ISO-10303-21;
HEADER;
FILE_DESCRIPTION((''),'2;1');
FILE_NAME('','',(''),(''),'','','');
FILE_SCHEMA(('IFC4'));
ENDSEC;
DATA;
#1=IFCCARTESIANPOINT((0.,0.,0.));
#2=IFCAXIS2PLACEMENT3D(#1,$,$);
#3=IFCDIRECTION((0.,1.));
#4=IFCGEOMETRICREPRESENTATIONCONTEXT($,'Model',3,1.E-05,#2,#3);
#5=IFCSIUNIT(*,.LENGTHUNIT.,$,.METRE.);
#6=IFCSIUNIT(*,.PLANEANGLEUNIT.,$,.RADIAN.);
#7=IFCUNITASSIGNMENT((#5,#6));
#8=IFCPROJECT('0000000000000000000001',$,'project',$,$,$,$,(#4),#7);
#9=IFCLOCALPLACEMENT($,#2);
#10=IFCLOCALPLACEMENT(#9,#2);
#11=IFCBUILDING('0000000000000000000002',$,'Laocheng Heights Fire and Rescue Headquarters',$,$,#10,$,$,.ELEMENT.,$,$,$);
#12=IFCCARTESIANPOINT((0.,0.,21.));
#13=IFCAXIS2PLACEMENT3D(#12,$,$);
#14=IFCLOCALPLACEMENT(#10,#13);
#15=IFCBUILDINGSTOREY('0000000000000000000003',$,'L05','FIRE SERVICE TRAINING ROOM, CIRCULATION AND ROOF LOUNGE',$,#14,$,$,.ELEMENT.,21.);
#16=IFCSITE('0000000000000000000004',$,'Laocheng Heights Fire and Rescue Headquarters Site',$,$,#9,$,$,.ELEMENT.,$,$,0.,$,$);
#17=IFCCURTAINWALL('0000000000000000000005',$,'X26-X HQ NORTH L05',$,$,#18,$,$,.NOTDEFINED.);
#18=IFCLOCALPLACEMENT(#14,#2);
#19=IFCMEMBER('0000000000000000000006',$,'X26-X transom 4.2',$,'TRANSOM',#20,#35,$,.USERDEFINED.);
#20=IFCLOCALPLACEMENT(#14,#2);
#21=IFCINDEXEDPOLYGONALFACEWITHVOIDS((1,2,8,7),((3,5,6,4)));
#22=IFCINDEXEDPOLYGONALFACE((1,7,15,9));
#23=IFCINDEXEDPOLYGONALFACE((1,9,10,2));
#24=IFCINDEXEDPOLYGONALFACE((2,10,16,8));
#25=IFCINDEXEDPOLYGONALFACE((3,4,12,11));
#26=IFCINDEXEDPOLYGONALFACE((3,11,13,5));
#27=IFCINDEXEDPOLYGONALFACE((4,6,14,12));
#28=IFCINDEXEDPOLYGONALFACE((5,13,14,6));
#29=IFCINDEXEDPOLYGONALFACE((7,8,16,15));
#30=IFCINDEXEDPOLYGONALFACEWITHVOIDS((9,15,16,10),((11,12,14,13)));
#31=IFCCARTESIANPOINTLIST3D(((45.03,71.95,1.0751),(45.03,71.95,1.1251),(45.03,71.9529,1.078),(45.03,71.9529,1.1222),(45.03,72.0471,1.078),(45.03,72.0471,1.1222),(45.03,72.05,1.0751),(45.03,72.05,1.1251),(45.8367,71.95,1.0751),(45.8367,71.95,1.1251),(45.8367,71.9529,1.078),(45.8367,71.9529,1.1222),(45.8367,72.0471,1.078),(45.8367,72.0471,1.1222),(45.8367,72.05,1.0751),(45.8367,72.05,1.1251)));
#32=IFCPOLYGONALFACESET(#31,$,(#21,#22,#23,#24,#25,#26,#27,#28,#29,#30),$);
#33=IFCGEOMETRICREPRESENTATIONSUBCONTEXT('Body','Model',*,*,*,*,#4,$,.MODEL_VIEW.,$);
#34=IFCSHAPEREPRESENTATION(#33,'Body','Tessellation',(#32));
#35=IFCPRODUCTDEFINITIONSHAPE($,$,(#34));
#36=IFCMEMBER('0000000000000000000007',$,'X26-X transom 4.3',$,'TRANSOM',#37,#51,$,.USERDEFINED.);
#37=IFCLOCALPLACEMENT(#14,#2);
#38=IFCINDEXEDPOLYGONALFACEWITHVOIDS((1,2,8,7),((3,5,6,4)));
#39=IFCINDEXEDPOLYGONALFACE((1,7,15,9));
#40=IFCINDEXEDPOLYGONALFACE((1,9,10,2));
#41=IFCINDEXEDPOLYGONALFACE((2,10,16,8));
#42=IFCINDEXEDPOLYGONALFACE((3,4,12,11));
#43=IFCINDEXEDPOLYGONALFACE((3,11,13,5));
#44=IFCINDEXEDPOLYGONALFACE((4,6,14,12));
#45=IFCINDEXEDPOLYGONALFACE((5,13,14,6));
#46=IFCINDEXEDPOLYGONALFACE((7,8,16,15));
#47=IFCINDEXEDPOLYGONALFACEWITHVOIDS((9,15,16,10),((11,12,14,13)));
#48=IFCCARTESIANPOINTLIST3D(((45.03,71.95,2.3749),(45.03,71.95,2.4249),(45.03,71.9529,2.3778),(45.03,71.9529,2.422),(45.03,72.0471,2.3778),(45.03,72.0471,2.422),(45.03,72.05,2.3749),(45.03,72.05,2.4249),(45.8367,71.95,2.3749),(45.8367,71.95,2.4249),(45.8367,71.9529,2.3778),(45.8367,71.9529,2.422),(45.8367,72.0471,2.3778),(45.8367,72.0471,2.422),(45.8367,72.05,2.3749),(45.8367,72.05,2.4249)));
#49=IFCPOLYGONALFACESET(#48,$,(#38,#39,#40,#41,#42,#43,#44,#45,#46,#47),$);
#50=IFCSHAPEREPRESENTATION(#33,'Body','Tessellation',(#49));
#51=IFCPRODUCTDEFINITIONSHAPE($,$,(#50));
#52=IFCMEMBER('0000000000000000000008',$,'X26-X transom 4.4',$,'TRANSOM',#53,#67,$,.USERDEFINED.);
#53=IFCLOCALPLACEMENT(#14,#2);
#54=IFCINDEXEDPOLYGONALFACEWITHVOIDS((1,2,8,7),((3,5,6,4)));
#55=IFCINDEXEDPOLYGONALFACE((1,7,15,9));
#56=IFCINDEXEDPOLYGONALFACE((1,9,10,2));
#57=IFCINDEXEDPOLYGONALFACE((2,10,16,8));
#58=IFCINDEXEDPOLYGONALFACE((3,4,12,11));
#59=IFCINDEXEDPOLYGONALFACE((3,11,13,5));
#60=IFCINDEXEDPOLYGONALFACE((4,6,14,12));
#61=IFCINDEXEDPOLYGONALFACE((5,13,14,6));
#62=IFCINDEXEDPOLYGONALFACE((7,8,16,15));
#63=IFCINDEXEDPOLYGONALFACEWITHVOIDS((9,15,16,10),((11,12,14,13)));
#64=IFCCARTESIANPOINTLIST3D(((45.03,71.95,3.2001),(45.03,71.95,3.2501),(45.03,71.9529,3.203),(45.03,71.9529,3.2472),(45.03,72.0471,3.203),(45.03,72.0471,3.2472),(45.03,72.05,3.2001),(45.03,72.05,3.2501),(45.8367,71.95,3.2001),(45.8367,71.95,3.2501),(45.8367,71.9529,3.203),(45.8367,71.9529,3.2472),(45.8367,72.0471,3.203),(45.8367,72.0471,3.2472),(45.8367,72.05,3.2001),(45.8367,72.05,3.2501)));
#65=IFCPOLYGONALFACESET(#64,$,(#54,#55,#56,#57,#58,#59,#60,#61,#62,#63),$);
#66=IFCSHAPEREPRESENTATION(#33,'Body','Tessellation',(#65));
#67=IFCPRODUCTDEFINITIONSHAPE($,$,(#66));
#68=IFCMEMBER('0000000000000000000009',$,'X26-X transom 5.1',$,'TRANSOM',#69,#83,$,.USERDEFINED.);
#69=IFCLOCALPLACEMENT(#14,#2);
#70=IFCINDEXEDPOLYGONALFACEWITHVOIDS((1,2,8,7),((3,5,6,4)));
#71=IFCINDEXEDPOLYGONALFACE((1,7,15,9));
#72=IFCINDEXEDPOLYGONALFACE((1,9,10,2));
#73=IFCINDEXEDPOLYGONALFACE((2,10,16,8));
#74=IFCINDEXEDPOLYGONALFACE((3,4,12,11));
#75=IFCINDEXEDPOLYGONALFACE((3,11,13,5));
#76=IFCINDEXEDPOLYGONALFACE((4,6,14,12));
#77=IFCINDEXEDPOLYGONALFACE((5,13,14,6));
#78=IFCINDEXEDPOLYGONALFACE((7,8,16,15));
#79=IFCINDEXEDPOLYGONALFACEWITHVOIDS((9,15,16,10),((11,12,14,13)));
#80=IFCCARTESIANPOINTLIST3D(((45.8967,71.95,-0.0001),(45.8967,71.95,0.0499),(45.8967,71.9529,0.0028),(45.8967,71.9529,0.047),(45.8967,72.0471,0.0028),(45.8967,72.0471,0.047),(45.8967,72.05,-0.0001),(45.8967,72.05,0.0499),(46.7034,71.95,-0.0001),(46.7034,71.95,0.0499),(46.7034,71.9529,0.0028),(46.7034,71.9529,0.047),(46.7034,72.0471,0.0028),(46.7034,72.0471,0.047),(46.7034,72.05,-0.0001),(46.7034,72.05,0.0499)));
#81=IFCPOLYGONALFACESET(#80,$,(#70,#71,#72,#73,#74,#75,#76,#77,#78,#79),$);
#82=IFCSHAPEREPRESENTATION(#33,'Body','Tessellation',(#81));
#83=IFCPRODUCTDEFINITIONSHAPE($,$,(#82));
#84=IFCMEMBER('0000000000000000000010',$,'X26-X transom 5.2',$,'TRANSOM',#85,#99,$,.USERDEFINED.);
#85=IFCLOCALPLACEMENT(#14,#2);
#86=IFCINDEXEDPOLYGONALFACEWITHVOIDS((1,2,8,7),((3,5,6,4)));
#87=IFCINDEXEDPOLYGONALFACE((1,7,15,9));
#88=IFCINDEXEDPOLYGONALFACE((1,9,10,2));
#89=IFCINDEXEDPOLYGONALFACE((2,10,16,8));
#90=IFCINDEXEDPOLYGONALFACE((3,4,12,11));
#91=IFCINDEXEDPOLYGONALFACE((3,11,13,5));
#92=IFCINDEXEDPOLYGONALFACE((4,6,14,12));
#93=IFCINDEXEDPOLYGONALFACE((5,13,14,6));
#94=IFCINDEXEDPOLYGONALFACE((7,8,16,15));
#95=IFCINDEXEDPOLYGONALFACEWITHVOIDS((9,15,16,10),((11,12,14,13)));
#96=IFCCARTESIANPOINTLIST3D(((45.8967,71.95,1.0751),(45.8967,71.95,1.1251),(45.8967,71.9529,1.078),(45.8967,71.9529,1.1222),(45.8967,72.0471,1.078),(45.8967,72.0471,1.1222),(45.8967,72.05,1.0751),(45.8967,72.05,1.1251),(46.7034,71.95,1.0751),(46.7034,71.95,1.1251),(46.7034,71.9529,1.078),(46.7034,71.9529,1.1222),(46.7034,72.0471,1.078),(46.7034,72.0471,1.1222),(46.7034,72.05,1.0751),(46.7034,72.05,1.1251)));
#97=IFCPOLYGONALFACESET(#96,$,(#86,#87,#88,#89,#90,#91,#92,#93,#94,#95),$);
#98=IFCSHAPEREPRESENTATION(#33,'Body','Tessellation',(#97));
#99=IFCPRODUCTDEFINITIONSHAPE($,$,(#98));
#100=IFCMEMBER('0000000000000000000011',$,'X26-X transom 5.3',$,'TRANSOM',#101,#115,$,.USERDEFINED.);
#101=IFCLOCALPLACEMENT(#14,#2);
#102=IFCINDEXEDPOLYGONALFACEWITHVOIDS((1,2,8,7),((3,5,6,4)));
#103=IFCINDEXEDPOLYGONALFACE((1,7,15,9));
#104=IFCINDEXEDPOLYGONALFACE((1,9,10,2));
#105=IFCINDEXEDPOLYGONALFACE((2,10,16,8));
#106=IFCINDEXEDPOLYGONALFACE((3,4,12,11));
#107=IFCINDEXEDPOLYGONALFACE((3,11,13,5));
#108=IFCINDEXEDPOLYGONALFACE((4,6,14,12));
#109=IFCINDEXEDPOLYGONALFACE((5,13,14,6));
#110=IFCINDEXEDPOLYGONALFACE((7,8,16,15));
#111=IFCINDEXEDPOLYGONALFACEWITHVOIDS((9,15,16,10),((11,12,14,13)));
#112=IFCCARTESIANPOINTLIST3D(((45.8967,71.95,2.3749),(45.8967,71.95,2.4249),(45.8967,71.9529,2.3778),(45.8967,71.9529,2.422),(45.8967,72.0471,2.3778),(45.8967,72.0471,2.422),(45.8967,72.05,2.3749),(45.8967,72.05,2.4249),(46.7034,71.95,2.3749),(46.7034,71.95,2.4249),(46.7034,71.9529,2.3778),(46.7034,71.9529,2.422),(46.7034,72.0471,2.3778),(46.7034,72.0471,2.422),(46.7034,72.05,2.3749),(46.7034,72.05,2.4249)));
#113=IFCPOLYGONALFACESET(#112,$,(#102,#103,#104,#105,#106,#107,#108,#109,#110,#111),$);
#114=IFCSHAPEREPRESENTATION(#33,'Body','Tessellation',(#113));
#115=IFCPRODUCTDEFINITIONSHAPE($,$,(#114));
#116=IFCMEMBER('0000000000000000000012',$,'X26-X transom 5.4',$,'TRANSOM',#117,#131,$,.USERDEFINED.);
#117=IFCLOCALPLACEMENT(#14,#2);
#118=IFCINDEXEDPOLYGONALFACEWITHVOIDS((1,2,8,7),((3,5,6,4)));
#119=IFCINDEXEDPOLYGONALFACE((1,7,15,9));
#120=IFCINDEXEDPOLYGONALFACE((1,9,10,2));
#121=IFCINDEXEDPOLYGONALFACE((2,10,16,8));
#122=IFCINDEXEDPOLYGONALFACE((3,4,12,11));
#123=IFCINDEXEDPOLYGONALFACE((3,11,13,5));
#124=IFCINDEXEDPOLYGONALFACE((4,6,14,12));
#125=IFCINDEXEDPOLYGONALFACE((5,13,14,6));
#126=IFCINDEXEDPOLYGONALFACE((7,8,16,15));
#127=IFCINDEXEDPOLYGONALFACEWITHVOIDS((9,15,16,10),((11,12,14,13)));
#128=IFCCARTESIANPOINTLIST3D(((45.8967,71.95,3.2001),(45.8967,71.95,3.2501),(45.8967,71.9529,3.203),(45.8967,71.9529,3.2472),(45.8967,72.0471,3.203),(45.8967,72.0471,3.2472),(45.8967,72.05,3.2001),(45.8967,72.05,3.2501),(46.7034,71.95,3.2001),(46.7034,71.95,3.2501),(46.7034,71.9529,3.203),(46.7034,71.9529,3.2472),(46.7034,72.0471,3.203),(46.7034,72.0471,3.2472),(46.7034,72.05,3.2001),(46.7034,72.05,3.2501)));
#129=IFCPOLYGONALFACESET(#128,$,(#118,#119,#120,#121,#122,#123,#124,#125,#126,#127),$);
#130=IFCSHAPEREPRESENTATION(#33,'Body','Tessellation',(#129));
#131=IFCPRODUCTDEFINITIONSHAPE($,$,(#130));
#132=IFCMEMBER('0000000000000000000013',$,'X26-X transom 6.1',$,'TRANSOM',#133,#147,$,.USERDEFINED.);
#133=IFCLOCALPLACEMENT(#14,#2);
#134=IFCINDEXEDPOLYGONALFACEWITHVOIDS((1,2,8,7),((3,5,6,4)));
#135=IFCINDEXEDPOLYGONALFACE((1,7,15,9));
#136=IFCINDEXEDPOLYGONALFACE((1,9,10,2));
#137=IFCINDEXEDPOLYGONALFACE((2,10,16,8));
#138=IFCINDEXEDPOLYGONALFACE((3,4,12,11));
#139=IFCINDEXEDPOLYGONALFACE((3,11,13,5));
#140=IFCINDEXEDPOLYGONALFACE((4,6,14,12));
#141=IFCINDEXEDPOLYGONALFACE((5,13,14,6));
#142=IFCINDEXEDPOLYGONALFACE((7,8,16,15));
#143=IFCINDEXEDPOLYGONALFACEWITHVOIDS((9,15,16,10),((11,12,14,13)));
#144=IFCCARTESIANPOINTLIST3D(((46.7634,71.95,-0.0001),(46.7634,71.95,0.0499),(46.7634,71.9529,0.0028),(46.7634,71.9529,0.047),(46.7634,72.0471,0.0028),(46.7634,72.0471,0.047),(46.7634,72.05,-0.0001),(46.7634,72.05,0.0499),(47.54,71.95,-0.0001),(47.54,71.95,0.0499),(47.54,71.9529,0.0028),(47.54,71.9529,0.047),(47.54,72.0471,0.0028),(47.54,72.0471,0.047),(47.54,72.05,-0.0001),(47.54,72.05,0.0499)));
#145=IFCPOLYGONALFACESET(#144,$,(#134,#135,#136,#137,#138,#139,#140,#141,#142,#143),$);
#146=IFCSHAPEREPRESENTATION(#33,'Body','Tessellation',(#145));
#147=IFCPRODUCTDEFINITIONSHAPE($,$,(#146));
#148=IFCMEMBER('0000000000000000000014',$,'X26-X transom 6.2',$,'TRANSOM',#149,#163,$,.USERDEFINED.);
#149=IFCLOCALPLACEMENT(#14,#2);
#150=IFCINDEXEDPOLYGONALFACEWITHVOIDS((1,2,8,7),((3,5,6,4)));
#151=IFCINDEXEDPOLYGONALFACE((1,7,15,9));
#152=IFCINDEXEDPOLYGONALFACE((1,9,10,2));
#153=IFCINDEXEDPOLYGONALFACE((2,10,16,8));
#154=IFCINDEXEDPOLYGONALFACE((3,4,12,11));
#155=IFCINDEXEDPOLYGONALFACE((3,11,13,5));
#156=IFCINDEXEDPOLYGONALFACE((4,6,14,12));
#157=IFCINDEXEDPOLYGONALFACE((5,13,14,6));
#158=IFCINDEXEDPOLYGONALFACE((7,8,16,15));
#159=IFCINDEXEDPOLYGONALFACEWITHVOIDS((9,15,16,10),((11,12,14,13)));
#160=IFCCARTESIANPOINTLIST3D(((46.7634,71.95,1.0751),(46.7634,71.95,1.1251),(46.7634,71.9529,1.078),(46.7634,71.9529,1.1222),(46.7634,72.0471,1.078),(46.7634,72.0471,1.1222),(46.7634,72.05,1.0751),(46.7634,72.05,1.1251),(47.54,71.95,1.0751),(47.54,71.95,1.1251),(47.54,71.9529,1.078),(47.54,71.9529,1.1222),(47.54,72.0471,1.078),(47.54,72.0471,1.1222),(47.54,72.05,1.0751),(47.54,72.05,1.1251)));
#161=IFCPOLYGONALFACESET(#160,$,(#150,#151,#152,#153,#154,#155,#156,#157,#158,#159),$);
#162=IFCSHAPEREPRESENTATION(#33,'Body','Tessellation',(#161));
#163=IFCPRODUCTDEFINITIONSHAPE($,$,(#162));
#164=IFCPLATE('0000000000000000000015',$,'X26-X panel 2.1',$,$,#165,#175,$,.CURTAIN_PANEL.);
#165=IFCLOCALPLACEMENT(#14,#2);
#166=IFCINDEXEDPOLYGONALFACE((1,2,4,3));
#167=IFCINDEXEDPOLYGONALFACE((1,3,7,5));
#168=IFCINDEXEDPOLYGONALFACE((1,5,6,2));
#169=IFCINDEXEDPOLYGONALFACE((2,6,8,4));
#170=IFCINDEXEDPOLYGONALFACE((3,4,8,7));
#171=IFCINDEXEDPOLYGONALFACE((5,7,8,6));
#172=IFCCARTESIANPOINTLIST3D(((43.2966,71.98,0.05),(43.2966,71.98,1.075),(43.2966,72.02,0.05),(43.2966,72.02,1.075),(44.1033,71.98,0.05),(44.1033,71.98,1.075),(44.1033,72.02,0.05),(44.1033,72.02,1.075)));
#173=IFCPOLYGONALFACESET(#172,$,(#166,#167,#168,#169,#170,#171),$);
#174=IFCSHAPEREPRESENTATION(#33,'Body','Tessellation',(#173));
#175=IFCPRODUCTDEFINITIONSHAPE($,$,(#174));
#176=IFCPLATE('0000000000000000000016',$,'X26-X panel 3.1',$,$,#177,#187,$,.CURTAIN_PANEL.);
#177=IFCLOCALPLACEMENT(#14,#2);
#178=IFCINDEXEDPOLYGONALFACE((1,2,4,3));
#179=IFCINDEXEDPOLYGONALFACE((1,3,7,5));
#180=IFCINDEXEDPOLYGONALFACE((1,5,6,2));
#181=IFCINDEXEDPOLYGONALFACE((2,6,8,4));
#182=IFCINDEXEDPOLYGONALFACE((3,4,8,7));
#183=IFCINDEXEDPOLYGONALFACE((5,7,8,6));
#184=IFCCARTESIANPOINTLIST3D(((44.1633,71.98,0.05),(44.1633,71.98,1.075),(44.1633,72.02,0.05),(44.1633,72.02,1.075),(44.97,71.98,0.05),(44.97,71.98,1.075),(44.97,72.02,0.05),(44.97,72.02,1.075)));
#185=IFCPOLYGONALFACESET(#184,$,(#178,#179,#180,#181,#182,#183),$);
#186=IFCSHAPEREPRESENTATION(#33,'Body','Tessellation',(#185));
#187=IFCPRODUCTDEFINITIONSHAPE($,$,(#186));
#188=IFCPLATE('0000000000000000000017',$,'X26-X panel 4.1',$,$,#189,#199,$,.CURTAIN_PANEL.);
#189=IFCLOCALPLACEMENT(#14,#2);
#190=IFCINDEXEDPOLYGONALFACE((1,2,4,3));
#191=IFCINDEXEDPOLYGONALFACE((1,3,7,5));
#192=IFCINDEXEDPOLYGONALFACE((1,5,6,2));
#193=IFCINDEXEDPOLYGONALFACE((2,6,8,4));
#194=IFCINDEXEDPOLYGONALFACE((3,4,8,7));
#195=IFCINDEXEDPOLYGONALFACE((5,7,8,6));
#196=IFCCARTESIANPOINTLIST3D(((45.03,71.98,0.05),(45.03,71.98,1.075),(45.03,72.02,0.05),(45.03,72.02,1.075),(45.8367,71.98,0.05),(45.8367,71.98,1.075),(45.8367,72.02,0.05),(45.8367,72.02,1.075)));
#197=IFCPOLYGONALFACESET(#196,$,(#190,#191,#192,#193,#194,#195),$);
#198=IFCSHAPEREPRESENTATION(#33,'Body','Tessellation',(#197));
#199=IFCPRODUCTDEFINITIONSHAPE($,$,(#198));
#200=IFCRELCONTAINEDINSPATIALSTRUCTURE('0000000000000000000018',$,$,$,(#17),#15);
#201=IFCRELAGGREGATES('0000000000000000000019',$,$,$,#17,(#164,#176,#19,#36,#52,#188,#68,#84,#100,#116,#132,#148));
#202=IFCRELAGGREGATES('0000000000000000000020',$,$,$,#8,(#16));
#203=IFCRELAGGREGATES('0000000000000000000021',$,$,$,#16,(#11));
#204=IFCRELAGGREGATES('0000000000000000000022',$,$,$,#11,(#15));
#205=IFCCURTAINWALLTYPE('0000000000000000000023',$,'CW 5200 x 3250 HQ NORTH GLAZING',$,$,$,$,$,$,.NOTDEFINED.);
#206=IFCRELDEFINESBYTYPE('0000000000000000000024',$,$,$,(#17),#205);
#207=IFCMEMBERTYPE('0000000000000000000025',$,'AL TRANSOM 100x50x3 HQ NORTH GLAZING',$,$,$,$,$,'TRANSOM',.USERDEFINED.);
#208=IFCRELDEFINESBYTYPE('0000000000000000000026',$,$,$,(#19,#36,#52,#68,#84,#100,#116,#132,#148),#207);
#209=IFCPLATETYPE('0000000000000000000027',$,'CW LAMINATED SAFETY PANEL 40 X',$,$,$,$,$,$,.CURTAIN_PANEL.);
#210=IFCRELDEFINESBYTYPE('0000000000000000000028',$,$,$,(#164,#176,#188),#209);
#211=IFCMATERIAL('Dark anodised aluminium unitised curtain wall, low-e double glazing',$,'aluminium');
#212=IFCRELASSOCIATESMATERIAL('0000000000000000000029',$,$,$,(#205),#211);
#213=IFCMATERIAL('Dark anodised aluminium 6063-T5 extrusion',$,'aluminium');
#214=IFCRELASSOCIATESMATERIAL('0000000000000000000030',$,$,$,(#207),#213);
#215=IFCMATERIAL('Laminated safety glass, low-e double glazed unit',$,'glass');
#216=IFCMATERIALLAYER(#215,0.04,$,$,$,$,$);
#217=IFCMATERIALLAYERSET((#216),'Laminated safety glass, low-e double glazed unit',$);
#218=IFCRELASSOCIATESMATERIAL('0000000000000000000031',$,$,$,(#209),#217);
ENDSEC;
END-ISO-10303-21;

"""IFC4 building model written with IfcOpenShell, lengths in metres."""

from ifc_helpers import new_model, si_unit, direction, frame, origin, origin_2d, place, context, subcontext, project, spatial, rectangle, hollow_rectangle, extrude, material, layer, layer_set, material_profile, profile_set, type_object, element, aggregate, save


model = new_model("IFC4")

# Units and contexts
model_context = context("Model", 3, precision=1e-05, world=origin(), true_north=direction((0.0, 1.0)))
body_context = subcontext(model_context, "Body", "Model", "MODEL_VIEW")
ifc_project = project(units=[si_unit("LENGTHUNIT", "METRE"), si_unit("PLANEANGLEUNIT", "RADIAN")], contexts=[model_context])

# Site, building, storey
site_placement = place(None, origin())
site = spatial("IfcSite", under=ifc_project, at=site_placement, Name="Laocheng Heights Fire and Rescue Headquarters Site", CompositionType="ELEMENT", RefElevation=0.0)
building_placement = place(site_placement, origin())
building = spatial("IfcBuilding", under=site, at=building_placement, Name="Laocheng Heights Fire and Rescue Headquarters", CompositionType="ELEMENT")
storey_placement = place(building_placement, frame((0.0, 0.0, 21.0)))
storey = spatial("IfcBuildingStorey", under=building, at=storey_placement, Name="L05", Description="FIRE SERVICE TRAINING ROOM, CIRCULATION AND ROOF LOUNGE", CompositionType="ELEMENT", Elevation=21.0)

# Curtain wall, members, plates
ifc_material_1 = material(Name="Dark anodised aluminium unitised curtain wall, low-e double glazing", Category="aluminium")
curtain_wall_type = type_object("IfcCurtainWallType", Name="CW 5200 x 3250 HQ NORTH GLAZING", PredefinedType="NOTDEFINED", material=ifc_material_1)
curtain_wall_placement = place(storey_placement, origin())
curtain_wall = element("IfcCurtainWall", 1, at=curtain_wall_placement, inside=storey, type_object=curtain_wall_type, Name="X26-X HQ NORTH L05", PredefinedType="NOTDEFINED")
ifc_material_2 = material(Name="Dark anodised aluminium 6063-T5 extrusion", Category="aluminium")
ifc_material_profile_1 = material_profile(ifc_material_2, hollow_rectangle(XDim=0.1001, YDim=0.05, WallThickness=0.0029, at=origin_2d()), Name="AL TRANSOM 100x50x3 HQ NORTH GLAZING")
ifc_profile_set_1 = profile_set([ifc_material_profile_1], Name="Dark anodised aluminium 6063-T5 extrusion")
member_type_1 = type_object("IfcMemberType", Name="AL TRANSOM 100x50x3 HQ NORTH GLAZING", ElementType="TRANSOM", PredefinedType="USERDEFINED", material=ifc_profile_set_1)
member_1_placement = place(storey_placement, frame((45.03, 72.0, 1.1001), z_axis=(1.0, 0.0, 0.0), x_axis=(0.0, 1.0, 0.0)))
member_1 = element("IfcMember", 2, at=member_1_placement, type_object=member_type_1, Name="X26-X transom 4.2", ObjectType="TRANSOM", PredefinedType="USERDEFINED", context=body_context, shape_type="SweptSolid", body=[
    extrude(hollow_rectangle(XDim=0.1001, YDim=0.05, WallThickness=0.0029, at=origin_2d()), origin(), (0.0, 0.0, 1.0), 0.8066),
])
member_2_placement = place(storey_placement, frame((45.03, 72.0, 2.3999), z_axis=(1.0, 0.0, 0.0), x_axis=(0.0, 1.0, 0.0)))
member_2 = element("IfcMember", 3, at=member_2_placement, type_object=member_type_1, Name="X26-X transom 4.3", ObjectType="TRANSOM", PredefinedType="USERDEFINED", context=body_context, shape_type="SweptSolid", body=[
    extrude(hollow_rectangle(XDim=0.1001, YDim=0.05, WallThickness=0.0029, at=origin_2d()), origin(), (0.0, 0.0, 1.0), 0.8066),
])
member_3_placement = place(storey_placement, frame((45.03, 72.0, 3.2251), z_axis=(1.0, 0.0, 0.0), x_axis=(0.0, 1.0, 0.0)))
member_3 = element("IfcMember", 4, at=member_3_placement, type_object=member_type_1, Name="X26-X transom 4.4", ObjectType="TRANSOM", PredefinedType="USERDEFINED", context=body_context, shape_type="SweptSolid", body=[
    extrude(hollow_rectangle(XDim=0.1001, YDim=0.05, WallThickness=0.0029, at=origin_2d()), origin(), (0.0, 0.0, 1.0), 0.8066),
])
member_4_placement = place(storey_placement, frame((45.8967, 72.0, 0.0249), z_axis=(1.0, 0.0, 0.0), x_axis=(0.0, 1.0, 0.0)))
member_4 = element("IfcMember", 5, at=member_4_placement, type_object=member_type_1, Name="X26-X transom 5.1", ObjectType="TRANSOM", PredefinedType="USERDEFINED", context=body_context, shape_type="SweptSolid", body=[
    extrude(hollow_rectangle(XDim=0.1001, YDim=0.05, WallThickness=0.0029, at=origin_2d()), origin(), (0.0, 0.0, 1.0), 0.8066),
])
member_5_placement = place(storey_placement, frame((45.8967, 72.0, 1.1001), z_axis=(1.0, 0.0, 0.0), x_axis=(0.0, 1.0, 0.0)))
member_5 = element("IfcMember", 6, at=member_5_placement, type_object=member_type_1, Name="X26-X transom 5.2", ObjectType="TRANSOM", PredefinedType="USERDEFINED", context=body_context, shape_type="SweptSolid", body=[
    extrude(hollow_rectangle(XDim=0.1001, YDim=0.05, WallThickness=0.0029, at=origin_2d()), origin(), (0.0, 0.0, 1.0), 0.8066),
])
member_6_placement = place(storey_placement, frame((45.8967, 72.0, 2.3999), z_axis=(1.0, 0.0, 0.0), x_axis=(0.0, 1.0, 0.0)))
member_6 = element("IfcMember", 7, at=member_6_placement, type_object=member_type_1, Name="X26-X transom 5.3", ObjectType="TRANSOM", PredefinedType="USERDEFINED", context=body_context, shape_type="SweptSolid", body=[
    extrude(hollow_rectangle(XDim=0.1001, YDim=0.05, WallThickness=0.0029, at=origin_2d()), origin(), (0.0, 0.0, 1.0), 0.8066),
])
member_7_placement = place(storey_placement, frame((45.8967, 72.0, 3.2251), z_axis=(1.0, 0.0, 0.0), x_axis=(0.0, 1.0, 0.0)))
member_7 = element("IfcMember", 8, at=member_7_placement, type_object=member_type_1, Name="X26-X transom 5.4", ObjectType="TRANSOM", PredefinedType="USERDEFINED", context=body_context, shape_type="SweptSolid", body=[
    extrude(hollow_rectangle(XDim=0.1001, YDim=0.05, WallThickness=0.0029, at=origin_2d()), origin(), (0.0, 0.0, 1.0), 0.8066),
])
member_8_placement = place(storey_placement, frame((46.7634, 72.0, 0.0249), z_axis=(1.0, 0.0, 0.0), x_axis=(0.0, 1.0, 0.0)))
member_8 = element("IfcMember", 9, at=member_8_placement, type_object=member_type_1, Name="X26-X transom 6.1", ObjectType="TRANSOM", PredefinedType="USERDEFINED", context=body_context, shape_type="SweptSolid", body=[
    extrude(hollow_rectangle(XDim=0.1001, YDim=0.05, WallThickness=0.0029, at=origin_2d()), origin(), (0.0, 0.0, 1.0), 0.7766),
])
member_9_placement = place(storey_placement, frame((46.7634, 72.0, 1.1001), z_axis=(1.0, 0.0, 0.0), x_axis=(0.0, 1.0, 0.0)))
member_9 = element("IfcMember", 10, at=member_9_placement, type_object=member_type_1, Name="X26-X transom 6.2", ObjectType="TRANSOM", PredefinedType="USERDEFINED", context=body_context, shape_type="SweptSolid", body=[
    extrude(hollow_rectangle(XDim=0.1001, YDim=0.05, WallThickness=0.0029, at=origin_2d()), origin(), (0.0, 0.0, 1.0), 0.7766),
])
ifc_material_3 = material(Name="Laminated safety glass, low-e double glazed unit", Category="glass")
ifc_layer_1 = layer(ifc_material_3, 0.04)
ifc_layer_set_1 = layer_set([ifc_layer_1], Name="Laminated safety glass, low-e double glazed unit")
plate_type_1 = type_object("IfcPlateType", Name="CW LAMINATED SAFETY PANEL 40 X", PredefinedType="CURTAIN_PANEL", material=ifc_layer_set_1)
plate_1_placement = place(storey_placement, frame((43.7, 72.0, 0.05), z_axis=(0.0, 0.0, 1.0), x_axis=(1.0, 0.0, 0.0)))
plate_1 = element("IfcPlate", 11, at=plate_1_placement, type_object=plate_type_1, Name="X26-X panel 2.1", PredefinedType="CURTAIN_PANEL", context=body_context, shape_type="SweptSolid", body=[
    extrude(rectangle(XDim=0.8066, YDim=0.04, at=origin_2d()), origin(), (0.0, 0.0, 1.0), 1.0249),
])
plate_2_placement = place(storey_placement, frame((44.5667, 72.0, 0.05), z_axis=(0.0, 0.0, 1.0), x_axis=(1.0, 0.0, 0.0)))
plate_2 = element("IfcPlate", 12, at=plate_2_placement, type_object=plate_type_1, Name="X26-X panel 3.1", PredefinedType="CURTAIN_PANEL", context=body_context, shape_type="SweptSolid", body=[
    extrude(rectangle(XDim=0.8066, YDim=0.04, at=origin_2d()), origin(), (0.0, 0.0, 1.0), 1.0249),
])
plate_3_placement = place(storey_placement, frame((45.4333, 72.0, 0.05), z_axis=(0.0, 0.0, 1.0), x_axis=(1.0, 0.0, 0.0)))
plate_3 = element("IfcPlate", 13, at=plate_3_placement, type_object=plate_type_1, Name="X26-X panel 4.1", PredefinedType="CURTAIN_PANEL", context=body_context, shape_type="SweptSolid", body=[
    extrude(rectangle(XDim=0.8066, YDim=0.04, at=origin_2d()), origin(), (0.0, 0.0, 1.0), 1.0249),
])
aggregate(curtain_wall, [plate_1, plate_2, member_1, member_2, member_3, plate_3, member_4, member_5, member_6, member_7, member_8, member_9])

save(model, "model.ifc")
